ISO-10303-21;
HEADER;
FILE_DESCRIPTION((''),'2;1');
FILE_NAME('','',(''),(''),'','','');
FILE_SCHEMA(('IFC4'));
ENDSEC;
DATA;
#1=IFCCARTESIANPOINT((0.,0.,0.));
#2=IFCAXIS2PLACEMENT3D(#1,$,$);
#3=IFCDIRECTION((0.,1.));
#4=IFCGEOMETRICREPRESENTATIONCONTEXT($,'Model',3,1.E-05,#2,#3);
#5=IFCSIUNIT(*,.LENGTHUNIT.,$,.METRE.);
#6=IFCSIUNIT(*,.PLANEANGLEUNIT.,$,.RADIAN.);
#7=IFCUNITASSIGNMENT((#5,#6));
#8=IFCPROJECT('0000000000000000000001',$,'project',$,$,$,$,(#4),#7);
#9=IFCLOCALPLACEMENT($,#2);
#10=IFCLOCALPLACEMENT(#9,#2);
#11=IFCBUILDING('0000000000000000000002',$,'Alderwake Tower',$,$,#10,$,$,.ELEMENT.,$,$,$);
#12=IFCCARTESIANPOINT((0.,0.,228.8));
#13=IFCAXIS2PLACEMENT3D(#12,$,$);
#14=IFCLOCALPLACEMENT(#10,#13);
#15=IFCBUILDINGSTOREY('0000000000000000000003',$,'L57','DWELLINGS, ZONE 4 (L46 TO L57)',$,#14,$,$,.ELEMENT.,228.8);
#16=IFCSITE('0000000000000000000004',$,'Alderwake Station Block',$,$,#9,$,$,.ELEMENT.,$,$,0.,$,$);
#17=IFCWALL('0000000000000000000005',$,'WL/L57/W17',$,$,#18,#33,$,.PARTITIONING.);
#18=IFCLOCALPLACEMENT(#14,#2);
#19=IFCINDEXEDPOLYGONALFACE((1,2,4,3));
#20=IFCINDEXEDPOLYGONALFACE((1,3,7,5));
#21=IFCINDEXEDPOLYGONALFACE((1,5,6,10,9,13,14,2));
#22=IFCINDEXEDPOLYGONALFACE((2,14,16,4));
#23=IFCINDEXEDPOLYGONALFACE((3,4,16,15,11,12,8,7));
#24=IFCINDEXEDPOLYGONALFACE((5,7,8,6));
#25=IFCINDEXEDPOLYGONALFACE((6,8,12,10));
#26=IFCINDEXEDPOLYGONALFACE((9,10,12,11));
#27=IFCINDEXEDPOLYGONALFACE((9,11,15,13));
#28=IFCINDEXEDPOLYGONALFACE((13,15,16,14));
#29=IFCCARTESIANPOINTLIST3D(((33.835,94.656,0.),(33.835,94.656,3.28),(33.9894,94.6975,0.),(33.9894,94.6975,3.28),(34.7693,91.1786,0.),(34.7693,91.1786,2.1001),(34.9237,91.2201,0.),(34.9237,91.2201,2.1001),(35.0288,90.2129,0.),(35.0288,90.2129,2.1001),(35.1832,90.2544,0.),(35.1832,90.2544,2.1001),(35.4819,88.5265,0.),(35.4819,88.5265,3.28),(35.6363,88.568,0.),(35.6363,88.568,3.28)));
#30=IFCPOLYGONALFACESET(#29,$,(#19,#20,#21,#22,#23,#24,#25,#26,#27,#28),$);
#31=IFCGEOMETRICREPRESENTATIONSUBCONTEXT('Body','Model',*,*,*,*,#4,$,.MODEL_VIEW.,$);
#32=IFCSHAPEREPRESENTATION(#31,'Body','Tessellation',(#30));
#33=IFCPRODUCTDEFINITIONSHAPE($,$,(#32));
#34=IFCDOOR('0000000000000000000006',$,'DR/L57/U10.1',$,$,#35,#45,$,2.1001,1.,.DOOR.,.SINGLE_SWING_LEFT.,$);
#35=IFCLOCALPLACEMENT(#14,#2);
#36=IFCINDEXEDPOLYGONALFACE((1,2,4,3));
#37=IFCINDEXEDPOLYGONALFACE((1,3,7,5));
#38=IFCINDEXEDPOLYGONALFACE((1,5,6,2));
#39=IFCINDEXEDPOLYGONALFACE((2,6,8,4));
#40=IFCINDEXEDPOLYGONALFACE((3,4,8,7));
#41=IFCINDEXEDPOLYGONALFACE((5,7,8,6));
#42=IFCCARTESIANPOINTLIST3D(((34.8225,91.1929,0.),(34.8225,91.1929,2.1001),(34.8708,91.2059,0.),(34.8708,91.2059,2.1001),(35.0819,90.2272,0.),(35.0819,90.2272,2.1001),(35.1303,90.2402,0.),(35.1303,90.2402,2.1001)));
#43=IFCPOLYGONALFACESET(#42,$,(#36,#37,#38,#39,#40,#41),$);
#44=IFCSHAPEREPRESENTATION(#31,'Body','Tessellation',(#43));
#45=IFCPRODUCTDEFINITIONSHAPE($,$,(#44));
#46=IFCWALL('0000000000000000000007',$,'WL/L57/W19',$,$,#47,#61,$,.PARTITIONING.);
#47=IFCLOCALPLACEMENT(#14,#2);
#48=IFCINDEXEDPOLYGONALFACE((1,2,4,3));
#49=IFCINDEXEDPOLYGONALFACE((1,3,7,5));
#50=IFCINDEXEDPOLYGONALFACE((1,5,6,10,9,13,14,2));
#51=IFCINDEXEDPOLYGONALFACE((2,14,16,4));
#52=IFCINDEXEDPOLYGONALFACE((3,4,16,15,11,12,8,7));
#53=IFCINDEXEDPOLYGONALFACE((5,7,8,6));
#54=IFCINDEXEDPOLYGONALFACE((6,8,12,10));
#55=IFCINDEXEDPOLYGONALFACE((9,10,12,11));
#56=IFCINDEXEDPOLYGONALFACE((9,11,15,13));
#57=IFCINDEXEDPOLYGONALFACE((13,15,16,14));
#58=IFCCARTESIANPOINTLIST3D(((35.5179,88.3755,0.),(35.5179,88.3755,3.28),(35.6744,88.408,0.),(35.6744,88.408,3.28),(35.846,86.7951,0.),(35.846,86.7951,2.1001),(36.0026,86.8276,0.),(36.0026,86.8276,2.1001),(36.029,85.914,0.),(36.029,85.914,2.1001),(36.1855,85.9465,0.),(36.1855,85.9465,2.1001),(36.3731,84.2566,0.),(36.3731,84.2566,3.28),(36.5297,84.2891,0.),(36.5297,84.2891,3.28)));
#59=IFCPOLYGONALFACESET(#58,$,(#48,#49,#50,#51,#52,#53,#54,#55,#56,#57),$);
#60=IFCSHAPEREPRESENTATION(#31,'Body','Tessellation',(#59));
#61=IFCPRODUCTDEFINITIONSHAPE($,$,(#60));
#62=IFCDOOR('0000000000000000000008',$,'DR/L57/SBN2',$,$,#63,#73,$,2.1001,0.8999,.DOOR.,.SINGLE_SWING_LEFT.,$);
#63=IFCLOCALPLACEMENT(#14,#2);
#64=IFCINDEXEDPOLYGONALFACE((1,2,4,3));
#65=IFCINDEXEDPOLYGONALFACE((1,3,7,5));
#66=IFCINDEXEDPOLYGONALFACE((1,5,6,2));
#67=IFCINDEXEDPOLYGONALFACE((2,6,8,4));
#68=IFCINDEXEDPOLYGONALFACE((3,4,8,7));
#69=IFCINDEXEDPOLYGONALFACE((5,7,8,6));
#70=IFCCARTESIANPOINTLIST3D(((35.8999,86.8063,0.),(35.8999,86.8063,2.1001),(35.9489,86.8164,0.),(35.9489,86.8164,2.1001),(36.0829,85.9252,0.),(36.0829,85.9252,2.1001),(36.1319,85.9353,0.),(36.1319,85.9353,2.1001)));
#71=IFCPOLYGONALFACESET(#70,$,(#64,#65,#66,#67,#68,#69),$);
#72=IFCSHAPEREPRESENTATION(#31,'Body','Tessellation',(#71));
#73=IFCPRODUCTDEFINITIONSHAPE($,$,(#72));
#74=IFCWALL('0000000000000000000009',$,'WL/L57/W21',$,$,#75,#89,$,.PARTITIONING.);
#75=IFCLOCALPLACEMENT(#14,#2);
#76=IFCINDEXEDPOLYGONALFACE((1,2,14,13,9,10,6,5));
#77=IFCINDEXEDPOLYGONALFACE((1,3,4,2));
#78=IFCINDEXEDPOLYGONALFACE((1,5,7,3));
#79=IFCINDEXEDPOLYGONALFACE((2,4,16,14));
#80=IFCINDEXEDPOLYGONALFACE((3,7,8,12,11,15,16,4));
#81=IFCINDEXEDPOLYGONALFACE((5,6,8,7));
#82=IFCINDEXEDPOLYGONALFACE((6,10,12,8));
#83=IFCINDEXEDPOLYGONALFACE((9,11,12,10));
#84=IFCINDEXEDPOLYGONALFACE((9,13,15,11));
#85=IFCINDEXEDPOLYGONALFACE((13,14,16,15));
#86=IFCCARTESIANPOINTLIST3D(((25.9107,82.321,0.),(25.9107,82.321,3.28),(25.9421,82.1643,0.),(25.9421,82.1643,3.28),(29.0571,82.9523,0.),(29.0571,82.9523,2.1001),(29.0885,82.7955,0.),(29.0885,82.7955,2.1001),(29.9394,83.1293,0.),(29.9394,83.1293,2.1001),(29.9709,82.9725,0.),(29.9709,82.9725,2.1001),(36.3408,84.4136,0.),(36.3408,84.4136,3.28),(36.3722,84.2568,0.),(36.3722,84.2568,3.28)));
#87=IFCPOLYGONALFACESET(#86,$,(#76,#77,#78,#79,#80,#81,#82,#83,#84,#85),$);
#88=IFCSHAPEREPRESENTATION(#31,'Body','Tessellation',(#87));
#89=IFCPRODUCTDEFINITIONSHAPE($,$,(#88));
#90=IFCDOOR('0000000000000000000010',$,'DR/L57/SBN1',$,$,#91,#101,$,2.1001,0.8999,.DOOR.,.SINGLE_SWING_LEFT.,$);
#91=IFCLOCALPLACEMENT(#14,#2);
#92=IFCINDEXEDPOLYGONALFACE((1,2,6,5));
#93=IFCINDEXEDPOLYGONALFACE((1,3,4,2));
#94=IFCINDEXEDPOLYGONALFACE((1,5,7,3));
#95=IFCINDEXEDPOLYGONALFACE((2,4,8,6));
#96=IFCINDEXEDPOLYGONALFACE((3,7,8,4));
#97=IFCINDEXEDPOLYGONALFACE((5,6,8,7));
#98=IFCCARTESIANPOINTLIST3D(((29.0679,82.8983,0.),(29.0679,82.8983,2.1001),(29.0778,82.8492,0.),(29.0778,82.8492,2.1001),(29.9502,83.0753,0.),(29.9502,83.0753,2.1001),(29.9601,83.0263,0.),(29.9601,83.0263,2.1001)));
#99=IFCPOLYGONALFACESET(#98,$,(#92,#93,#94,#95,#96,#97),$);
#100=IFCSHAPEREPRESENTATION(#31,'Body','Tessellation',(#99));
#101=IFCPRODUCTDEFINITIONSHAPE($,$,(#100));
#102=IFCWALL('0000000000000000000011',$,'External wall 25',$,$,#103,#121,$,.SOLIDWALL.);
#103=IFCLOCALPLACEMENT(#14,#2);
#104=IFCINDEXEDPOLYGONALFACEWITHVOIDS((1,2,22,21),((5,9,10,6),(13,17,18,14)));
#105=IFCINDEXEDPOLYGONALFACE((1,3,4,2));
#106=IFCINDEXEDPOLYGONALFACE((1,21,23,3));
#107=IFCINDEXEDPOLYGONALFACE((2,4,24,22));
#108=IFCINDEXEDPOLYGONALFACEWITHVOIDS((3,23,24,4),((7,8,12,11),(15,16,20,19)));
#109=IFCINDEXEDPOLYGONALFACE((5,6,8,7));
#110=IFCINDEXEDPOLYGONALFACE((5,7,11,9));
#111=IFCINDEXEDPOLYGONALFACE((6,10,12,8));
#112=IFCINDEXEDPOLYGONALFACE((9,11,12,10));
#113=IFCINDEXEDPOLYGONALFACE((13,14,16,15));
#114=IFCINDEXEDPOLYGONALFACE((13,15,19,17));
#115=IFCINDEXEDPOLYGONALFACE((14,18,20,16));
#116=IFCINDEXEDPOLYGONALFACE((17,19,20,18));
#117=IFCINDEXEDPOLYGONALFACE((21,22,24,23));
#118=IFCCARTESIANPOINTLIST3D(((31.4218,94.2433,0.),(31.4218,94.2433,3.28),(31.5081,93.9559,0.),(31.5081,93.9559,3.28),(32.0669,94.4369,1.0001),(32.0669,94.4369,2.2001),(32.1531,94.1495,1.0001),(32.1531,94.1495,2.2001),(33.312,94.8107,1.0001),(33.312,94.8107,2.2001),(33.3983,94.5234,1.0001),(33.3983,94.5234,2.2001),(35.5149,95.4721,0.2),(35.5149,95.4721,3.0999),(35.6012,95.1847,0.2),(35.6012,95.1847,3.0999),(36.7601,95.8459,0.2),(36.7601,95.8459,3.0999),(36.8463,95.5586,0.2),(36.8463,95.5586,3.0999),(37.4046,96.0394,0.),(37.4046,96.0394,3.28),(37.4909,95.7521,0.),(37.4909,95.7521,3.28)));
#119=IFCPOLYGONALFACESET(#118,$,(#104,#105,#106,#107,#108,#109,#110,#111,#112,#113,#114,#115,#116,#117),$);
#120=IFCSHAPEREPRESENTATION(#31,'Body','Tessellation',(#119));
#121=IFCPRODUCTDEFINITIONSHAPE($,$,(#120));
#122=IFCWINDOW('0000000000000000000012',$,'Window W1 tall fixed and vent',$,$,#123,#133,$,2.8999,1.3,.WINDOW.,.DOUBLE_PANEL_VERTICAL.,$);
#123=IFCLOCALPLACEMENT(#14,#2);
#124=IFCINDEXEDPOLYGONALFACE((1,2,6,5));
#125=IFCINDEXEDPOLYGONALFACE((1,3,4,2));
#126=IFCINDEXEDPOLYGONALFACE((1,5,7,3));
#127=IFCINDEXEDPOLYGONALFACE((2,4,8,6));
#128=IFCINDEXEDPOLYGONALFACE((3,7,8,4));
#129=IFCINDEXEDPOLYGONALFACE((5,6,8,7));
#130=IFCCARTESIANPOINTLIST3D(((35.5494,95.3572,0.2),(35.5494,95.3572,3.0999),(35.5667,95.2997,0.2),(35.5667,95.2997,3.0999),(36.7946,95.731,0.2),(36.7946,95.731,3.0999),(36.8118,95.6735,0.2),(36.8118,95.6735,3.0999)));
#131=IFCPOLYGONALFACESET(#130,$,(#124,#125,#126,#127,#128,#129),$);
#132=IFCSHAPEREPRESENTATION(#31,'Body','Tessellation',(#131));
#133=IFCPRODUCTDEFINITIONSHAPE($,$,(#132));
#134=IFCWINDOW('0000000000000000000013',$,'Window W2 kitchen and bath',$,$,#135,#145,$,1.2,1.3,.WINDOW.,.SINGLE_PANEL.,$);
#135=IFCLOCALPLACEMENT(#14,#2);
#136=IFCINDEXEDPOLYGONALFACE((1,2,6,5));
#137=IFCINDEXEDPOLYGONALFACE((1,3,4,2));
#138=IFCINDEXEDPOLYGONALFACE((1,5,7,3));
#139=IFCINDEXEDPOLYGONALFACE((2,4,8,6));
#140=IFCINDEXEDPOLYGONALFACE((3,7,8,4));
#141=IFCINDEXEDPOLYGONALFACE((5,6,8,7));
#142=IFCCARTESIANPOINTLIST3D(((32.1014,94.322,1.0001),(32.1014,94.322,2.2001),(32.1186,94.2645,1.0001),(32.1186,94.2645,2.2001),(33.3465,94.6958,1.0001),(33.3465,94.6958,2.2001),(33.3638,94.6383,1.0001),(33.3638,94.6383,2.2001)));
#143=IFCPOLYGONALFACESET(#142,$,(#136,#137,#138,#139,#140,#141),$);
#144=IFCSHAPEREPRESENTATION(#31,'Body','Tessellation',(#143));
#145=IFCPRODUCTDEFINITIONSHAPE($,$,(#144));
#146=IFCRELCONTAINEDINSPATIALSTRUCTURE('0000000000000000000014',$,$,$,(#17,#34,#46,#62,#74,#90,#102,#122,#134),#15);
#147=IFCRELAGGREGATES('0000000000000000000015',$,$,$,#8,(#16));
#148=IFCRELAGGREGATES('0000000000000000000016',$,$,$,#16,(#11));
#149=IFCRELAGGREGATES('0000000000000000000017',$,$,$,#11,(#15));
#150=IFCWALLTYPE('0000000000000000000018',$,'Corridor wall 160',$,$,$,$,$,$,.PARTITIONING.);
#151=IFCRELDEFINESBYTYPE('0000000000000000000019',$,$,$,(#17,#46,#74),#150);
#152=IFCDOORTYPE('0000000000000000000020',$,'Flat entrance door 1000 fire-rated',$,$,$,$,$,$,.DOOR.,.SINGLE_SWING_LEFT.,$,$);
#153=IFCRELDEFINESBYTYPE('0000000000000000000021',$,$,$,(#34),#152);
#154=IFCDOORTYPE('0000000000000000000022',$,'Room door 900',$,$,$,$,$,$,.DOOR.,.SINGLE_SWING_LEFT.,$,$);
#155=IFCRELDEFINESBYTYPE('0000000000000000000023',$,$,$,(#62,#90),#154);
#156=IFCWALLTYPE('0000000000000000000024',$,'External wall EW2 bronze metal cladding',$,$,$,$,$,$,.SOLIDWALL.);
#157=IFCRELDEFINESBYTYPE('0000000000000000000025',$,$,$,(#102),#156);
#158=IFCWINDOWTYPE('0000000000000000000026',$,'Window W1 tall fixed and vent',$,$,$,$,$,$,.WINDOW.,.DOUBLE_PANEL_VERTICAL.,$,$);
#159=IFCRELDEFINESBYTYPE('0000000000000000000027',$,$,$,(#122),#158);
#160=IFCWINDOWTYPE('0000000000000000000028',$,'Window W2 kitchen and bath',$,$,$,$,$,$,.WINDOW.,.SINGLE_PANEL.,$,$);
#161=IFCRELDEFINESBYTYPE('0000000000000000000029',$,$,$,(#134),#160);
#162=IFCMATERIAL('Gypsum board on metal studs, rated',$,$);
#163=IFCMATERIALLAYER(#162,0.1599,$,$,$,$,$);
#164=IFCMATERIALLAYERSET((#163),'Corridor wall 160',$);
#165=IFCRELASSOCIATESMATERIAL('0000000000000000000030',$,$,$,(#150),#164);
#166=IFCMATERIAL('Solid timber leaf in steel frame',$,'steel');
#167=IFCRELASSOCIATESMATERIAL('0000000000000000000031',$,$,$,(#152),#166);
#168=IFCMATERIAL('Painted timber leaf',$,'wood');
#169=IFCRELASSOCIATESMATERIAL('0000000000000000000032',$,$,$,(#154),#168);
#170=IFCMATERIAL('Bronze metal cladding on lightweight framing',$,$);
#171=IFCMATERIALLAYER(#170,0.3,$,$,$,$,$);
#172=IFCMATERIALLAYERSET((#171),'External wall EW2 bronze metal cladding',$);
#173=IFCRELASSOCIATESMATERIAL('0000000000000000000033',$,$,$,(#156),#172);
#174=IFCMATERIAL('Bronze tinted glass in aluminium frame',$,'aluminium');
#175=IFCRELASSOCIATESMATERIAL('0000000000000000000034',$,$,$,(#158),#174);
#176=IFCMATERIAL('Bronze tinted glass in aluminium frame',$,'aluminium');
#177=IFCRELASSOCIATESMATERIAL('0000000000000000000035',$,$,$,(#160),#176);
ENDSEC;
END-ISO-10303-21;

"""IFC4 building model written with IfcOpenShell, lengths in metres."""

from ifc_helpers import new_model, si_unit, direction, frame, frame_2d, origin, place, context, subcontext, project, spatial, rectangle, extrude, material, layer, layer_set, type_object, element, fill, save


model = new_model("IFC4")

# Units and contexts
model_context = context("Model", 3, precision=1e-05, world=origin(), true_north=direction((0.0, 1.0)))
body_context = subcontext(model_context, "Body", "Model", "MODEL_VIEW")
ifc_project = project(units=[si_unit("LENGTHUNIT", "METRE"), si_unit("PLANEANGLEUNIT", "RADIAN")], contexts=[model_context])

# Site, building, storey
site_placement = place(None, origin())
site = spatial("IfcSite", under=ifc_project, at=site_placement, Name="Alderwake Station Block", CompositionType="ELEMENT", RefElevation=0.0)
building_placement = place(site_placement, origin())
building = spatial("IfcBuilding", under=site, at=building_placement, Name="Alderwake Tower", CompositionType="ELEMENT")
storey_placement = place(building_placement, frame((0.0, 0.0, 228.8)))
storey = spatial("IfcBuildingStorey", under=building, at=storey_placement, Name="L57", Description="DWELLINGS, ZONE 4 (L46 TO L57)", CompositionType="ELEMENT", Elevation=228.8)

# Shared definitions
ifc_material_1 = material(Name="Gypsum board on metal studs, rated")
ifc_layer_1 = layer(ifc_material_1, 0.1599)
ifc_layer_set_1 = layer_set([ifc_layer_1], Name="Corridor wall 160")
wall_type_1 = type_object("IfcWallType", Name="Corridor wall 160", PredefinedType="PARTITIONING", material=ifc_layer_set_1)

# Walls, openings, doors
wall_1_placement = place(storey_placement, frame((35.5591, 88.5474, 0.0), z_axis=(0.0, 0.0, 1.0), x_axis=(-0.259486, 0.965747, 0.0)))
wall_1 = element("IfcWall", 1, at=wall_1_placement, inside=storey, type_object=wall_type_1, Name="WL/L57/W17", PredefinedType="PARTITIONING", context=body_context, shape_type="SweptSolid", body=[
    extrude(rectangle(XDim=6.3469, YDim=0.1599, at=frame_2d((3.1733, 0.0))), origin(), (0.0, 0.0, 1.0), 3.28),
])
opening_1_placement = place(wall_1_placement, frame((1.7461, 0.0, 0.0)))
opening_1 = element("IfcOpeningElement", 2, at=opening_1_placement, cuts=wall_1, PredefinedType="OPENING", context=body_context, shape_type="SweptSolid", body=[
    extrude(rectangle(XDim=1.0, YDim=2.1001, at=frame_2d((0.5, 1.05))), frame((0.0, 0.0898, 0.0), z_axis=(0.0, -1.0, 0.0), x_axis=(1.0, 0.0, 0.0)), (0.0, 0.0, 1.0), 0.1799),
])
ifc_material_2 = material(Name="Solid timber leaf in steel frame", Category="steel")
door_type_1 = type_object("IfcDoorType", Name="Flat entrance door 1000 fire-rated", OperationType="SINGLE_SWING_LEFT", PredefinedType="DOOR", material=ifc_material_2)
door_1_placement = place(opening_1_placement, origin())
door_1 = element("IfcDoor", 3, at=door_1_placement, inside=storey, type_object=door_type_1, Name="DR/L57/U10.1", OperationType="SINGLE_SWING_LEFT", OverallHeight=2.1001, OverallWidth=1.0, PredefinedType="DOOR", context=body_context, shape_type="SweptSolid", body=[
    extrude(rectangle(XDim=1.0, YDim=2.1001, at=frame_2d((0.5, 1.05))), frame((0.0, 0.0249, 0.0), z_axis=(0.0, -1.0, 0.0), x_axis=(1.0, 0.0, 0.0)), (0.0, 0.0, 1.0), 0.05),
])
fill(opening_1, door_1)
wall_2_placement = place(storey_placement, frame((36.4514, 84.2727, 0.0), z_axis=(0.0, 0.0, 1.0), x_axis=(-0.203298, 0.979117, 0.0)))
wall_2 = element("IfcWall", 4, at=wall_2_placement, inside=storey, type_object=wall_type_1, Name="WL/L57/W19", PredefinedType="PARTITIONING", context=body_context, shape_type="SweptSolid", body=[
    extrude(rectangle(XDim=4.2068, YDim=0.1599, at=frame_2d((2.1035, 0.0))), origin(), (0.0, 0.0, 1.0), 3.28),
])
opening_2_placement = place(wall_2_placement, frame((1.6929, 0.0, 0.0)))
opening_2 = element("IfcOpeningElement", 5, at=opening_2_placement, cuts=wall_2, PredefinedType="OPENING", context=body_context, shape_type="SweptSolid", body=[
    extrude(rectangle(XDim=0.8999, YDim=2.1001, at=frame_2d((0.45, 1.05))), frame((0.0, 0.0898, 0.0), z_axis=(0.0, -1.0, 0.0), x_axis=(1.0, 0.0, 0.0)), (0.0, 0.0, 1.0), 0.1799),
])
ifc_material_3 = material(Name="Painted timber leaf", Category="wood")
door_type_2 = type_object("IfcDoorType", Name="Room door 900", OperationType="SINGLE_SWING_LEFT", PredefinedType="DOOR", material=ifc_material_3)
door_2_placement = place(opening_2_placement, origin())
door_2 = element("IfcDoor", 6, at=door_2_placement, inside=storey, type_object=door_type_2, Name="DR/L57/SBN2", OperationType="SINGLE_SWING_LEFT", OverallHeight=2.1001, OverallWidth=0.8999, PredefinedType="DOOR", context=body_context, shape_type="SweptSolid", body=[
    extrude(rectangle(XDim=0.8999, YDim=2.1001, at=frame_2d((0.45, 1.05))), frame((0.0, 0.0249, 0.0), z_axis=(0.0, -1.0, 0.0), x_axis=(1.0, 0.0, 0.0)), (0.0, 0.0, 1.0), 0.05),
])
fill(opening_2, door_2)
wall_3_placement = place(storey_placement, frame((25.9265, 82.2427, 0.0), z_axis=(0.0, 0.0, 1.0), x_axis=(0.980463, 0.196703, 0.0)))
wall_3 = element("IfcWall", 7, at=wall_3_placement, inside=storey, type_object=wall_type_1, Name="WL/L57/W21", PredefinedType="PARTITIONING", context=body_context, shape_type="SweptSolid", body=[
    extrude(rectangle(XDim=10.6379, YDim=0.1599, at=frame_2d((5.3188, 0.0))), origin(), (0.0, 0.0, 1.0), 3.28),
])
opening_3_placement = place(wall_3_placement, frame((3.209, 0.0, 0.0)))
opening_3 = element("IfcOpeningElement", 8, at=opening_3_placement, cuts=wall_3, PredefinedType="OPENING", context=body_context, shape_type="SweptSolid", body=[
    extrude(rectangle(XDim=0.8999, YDim=2.1001, at=frame_2d((0.45, 1.05))), frame((0.0, 0.0898, 0.0), z_axis=(0.0, -1.0, 0.0), x_axis=(1.0, 0.0, 0.0)), (0.0, 0.0, 1.0), 0.1799),
])
door_3_placement = place(opening_3_placement, origin())
door_3 = element("IfcDoor", 9, at=door_3_placement, inside=storey, type_object=door_type_2, Name="DR/L57/SBN1", OperationType="SINGLE_SWING_LEFT", OverallHeight=2.1001, OverallWidth=0.8999, PredefinedType="DOOR", context=body_context, shape_type="SweptSolid", body=[
    extrude(rectangle(XDim=0.8999, YDim=2.1001, at=frame_2d((0.45, 1.05))), frame((0.0, 0.0249, 0.0), z_axis=(0.0, -1.0, 0.0), x_axis=(1.0, 0.0, 0.0)), (0.0, 0.0, 1.0), 0.05),
])
fill(opening_3, door_3)

# Wall, openings, windows
ifc_material_4 = material(Name="Bronze metal cladding on lightweight framing")
ifc_layer_2 = layer(ifc_material_4, 0.3)
ifc_layer_set_2 = layer_set([ifc_layer_2], Name="External wall EW2 bronze metal cladding")
wall_type_2 = type_object("IfcWallType", Name="External wall EW2 bronze metal cladding", PredefinedType="SOLIDWALL", material=ifc_layer_set_2)
wall_4_placement = place(storey_placement, frame((37.4478, 95.8958, 0.0), z_axis=(0.0, 0.0, 1.0), x_axis=(-0.957767, -0.287545, 0.0)))
wall_4 = element("IfcWall", 10, at=wall_4_placement, inside=storey, type_object=wall_type_2, Name="External wall 25", PredefinedType="SOLIDWALL", context=body_context, shape_type="SweptSolid", body=[
    extrude(rectangle(XDim=6.2466, YDim=0.3, at=frame_2d((3.1233, 0.0))), origin(), (0.0, 0.0, 1.0), 3.28),
])
opening_4_placement = place(wall_4_placement, frame((0.6731, 0.0, 0.2)))
opening_4 = element("IfcOpeningElement", 11, at=opening_4_placement, cuts=wall_4, PredefinedType="OPENING", context=body_context, shape_type="SweptSolid", body=[
    extrude(rectangle(XDim=1.3, YDim=2.8999, at=frame_2d((0.6499, 1.45))), frame((0.0, 0.1599, 0.0), z_axis=(0.0, -1.0, 0.0), x_axis=(1.0, 0.0, 0.0)), (0.0, 0.0, 1.0), 0.3201),
])
opening_5_placement = place(wall_4_placement, frame((4.2732, 0.0, 1.0)))
opening_5 = element("IfcOpeningElement", 12, at=opening_5_placement, cuts=wall_4, PredefinedType="OPENING", context=body_context, shape_type="SweptSolid", body=[
    extrude(rectangle(XDim=1.3, YDim=1.2, at=frame_2d((0.6499, 0.6001))), frame((0.0, 0.1599, 0.0), z_axis=(0.0, -1.0, 0.0), x_axis=(1.0, 0.0, 0.0)), (0.0, 0.0, 1.0), 0.3201),
])
ifc_material_5 = material(Name="Bronze tinted glass in aluminium frame", Category="aluminium")
window_type_1 = type_object("IfcWindowType", Name="Window W1 tall fixed and vent", PartitioningType="DOUBLE_PANEL_VERTICAL", PredefinedType="WINDOW", material=ifc_material_5)
window_1_placement = place(opening_4_placement, origin())
window_1 = element("IfcWindow", 13, at=window_1_placement, inside=storey, type_object=window_type_1, Name="Window W1 tall fixed and vent", OverallHeight=2.8999, OverallWidth=1.3, PartitioningType="DOUBLE_PANEL_VERTICAL", PredefinedType="WINDOW", context=body_context, shape_type="SweptSolid", body=[
    extrude(rectangle(XDim=1.3, YDim=2.8999, at=frame_2d((0.6499, 1.45))), frame((0.0, 0.03, 0.0), z_axis=(0.0, -1.0, 0.0), x_axis=(1.0, 0.0, 0.0)), (0.0, 0.0, 1.0), 0.0601),
])
fill(opening_4, window_1)
ifc_material_6 = material(Name="Bronze tinted glass in aluminium frame", Category="aluminium")
window_type_2 = type_object("IfcWindowType", Name="Window W2 kitchen and bath", PartitioningType="SINGLE_PANEL", PredefinedType="WINDOW", material=ifc_material_6)
window_2_placement = place(opening_5_placement, origin())
window_2 = element("IfcWindow", 14, at=window_2_placement, inside=storey, type_object=window_type_2, Name="Window W2 kitchen and bath", OverallHeight=1.2, OverallWidth=1.3, PartitioningType="SINGLE_PANEL", PredefinedType="WINDOW", context=body_context, shape_type="SweptSolid", body=[
    extrude(rectangle(XDim=1.3, YDim=1.2, at=frame_2d((0.6499, 0.6001))), frame((0.0, 0.03, 0.0), z_axis=(0.0, -1.0, 0.0), x_axis=(1.0, 0.0, 0.0)), (0.0, 0.0, 1.0), 0.0601),
])
fill(opening_5, window_2)

save(model, "model.ifc")
